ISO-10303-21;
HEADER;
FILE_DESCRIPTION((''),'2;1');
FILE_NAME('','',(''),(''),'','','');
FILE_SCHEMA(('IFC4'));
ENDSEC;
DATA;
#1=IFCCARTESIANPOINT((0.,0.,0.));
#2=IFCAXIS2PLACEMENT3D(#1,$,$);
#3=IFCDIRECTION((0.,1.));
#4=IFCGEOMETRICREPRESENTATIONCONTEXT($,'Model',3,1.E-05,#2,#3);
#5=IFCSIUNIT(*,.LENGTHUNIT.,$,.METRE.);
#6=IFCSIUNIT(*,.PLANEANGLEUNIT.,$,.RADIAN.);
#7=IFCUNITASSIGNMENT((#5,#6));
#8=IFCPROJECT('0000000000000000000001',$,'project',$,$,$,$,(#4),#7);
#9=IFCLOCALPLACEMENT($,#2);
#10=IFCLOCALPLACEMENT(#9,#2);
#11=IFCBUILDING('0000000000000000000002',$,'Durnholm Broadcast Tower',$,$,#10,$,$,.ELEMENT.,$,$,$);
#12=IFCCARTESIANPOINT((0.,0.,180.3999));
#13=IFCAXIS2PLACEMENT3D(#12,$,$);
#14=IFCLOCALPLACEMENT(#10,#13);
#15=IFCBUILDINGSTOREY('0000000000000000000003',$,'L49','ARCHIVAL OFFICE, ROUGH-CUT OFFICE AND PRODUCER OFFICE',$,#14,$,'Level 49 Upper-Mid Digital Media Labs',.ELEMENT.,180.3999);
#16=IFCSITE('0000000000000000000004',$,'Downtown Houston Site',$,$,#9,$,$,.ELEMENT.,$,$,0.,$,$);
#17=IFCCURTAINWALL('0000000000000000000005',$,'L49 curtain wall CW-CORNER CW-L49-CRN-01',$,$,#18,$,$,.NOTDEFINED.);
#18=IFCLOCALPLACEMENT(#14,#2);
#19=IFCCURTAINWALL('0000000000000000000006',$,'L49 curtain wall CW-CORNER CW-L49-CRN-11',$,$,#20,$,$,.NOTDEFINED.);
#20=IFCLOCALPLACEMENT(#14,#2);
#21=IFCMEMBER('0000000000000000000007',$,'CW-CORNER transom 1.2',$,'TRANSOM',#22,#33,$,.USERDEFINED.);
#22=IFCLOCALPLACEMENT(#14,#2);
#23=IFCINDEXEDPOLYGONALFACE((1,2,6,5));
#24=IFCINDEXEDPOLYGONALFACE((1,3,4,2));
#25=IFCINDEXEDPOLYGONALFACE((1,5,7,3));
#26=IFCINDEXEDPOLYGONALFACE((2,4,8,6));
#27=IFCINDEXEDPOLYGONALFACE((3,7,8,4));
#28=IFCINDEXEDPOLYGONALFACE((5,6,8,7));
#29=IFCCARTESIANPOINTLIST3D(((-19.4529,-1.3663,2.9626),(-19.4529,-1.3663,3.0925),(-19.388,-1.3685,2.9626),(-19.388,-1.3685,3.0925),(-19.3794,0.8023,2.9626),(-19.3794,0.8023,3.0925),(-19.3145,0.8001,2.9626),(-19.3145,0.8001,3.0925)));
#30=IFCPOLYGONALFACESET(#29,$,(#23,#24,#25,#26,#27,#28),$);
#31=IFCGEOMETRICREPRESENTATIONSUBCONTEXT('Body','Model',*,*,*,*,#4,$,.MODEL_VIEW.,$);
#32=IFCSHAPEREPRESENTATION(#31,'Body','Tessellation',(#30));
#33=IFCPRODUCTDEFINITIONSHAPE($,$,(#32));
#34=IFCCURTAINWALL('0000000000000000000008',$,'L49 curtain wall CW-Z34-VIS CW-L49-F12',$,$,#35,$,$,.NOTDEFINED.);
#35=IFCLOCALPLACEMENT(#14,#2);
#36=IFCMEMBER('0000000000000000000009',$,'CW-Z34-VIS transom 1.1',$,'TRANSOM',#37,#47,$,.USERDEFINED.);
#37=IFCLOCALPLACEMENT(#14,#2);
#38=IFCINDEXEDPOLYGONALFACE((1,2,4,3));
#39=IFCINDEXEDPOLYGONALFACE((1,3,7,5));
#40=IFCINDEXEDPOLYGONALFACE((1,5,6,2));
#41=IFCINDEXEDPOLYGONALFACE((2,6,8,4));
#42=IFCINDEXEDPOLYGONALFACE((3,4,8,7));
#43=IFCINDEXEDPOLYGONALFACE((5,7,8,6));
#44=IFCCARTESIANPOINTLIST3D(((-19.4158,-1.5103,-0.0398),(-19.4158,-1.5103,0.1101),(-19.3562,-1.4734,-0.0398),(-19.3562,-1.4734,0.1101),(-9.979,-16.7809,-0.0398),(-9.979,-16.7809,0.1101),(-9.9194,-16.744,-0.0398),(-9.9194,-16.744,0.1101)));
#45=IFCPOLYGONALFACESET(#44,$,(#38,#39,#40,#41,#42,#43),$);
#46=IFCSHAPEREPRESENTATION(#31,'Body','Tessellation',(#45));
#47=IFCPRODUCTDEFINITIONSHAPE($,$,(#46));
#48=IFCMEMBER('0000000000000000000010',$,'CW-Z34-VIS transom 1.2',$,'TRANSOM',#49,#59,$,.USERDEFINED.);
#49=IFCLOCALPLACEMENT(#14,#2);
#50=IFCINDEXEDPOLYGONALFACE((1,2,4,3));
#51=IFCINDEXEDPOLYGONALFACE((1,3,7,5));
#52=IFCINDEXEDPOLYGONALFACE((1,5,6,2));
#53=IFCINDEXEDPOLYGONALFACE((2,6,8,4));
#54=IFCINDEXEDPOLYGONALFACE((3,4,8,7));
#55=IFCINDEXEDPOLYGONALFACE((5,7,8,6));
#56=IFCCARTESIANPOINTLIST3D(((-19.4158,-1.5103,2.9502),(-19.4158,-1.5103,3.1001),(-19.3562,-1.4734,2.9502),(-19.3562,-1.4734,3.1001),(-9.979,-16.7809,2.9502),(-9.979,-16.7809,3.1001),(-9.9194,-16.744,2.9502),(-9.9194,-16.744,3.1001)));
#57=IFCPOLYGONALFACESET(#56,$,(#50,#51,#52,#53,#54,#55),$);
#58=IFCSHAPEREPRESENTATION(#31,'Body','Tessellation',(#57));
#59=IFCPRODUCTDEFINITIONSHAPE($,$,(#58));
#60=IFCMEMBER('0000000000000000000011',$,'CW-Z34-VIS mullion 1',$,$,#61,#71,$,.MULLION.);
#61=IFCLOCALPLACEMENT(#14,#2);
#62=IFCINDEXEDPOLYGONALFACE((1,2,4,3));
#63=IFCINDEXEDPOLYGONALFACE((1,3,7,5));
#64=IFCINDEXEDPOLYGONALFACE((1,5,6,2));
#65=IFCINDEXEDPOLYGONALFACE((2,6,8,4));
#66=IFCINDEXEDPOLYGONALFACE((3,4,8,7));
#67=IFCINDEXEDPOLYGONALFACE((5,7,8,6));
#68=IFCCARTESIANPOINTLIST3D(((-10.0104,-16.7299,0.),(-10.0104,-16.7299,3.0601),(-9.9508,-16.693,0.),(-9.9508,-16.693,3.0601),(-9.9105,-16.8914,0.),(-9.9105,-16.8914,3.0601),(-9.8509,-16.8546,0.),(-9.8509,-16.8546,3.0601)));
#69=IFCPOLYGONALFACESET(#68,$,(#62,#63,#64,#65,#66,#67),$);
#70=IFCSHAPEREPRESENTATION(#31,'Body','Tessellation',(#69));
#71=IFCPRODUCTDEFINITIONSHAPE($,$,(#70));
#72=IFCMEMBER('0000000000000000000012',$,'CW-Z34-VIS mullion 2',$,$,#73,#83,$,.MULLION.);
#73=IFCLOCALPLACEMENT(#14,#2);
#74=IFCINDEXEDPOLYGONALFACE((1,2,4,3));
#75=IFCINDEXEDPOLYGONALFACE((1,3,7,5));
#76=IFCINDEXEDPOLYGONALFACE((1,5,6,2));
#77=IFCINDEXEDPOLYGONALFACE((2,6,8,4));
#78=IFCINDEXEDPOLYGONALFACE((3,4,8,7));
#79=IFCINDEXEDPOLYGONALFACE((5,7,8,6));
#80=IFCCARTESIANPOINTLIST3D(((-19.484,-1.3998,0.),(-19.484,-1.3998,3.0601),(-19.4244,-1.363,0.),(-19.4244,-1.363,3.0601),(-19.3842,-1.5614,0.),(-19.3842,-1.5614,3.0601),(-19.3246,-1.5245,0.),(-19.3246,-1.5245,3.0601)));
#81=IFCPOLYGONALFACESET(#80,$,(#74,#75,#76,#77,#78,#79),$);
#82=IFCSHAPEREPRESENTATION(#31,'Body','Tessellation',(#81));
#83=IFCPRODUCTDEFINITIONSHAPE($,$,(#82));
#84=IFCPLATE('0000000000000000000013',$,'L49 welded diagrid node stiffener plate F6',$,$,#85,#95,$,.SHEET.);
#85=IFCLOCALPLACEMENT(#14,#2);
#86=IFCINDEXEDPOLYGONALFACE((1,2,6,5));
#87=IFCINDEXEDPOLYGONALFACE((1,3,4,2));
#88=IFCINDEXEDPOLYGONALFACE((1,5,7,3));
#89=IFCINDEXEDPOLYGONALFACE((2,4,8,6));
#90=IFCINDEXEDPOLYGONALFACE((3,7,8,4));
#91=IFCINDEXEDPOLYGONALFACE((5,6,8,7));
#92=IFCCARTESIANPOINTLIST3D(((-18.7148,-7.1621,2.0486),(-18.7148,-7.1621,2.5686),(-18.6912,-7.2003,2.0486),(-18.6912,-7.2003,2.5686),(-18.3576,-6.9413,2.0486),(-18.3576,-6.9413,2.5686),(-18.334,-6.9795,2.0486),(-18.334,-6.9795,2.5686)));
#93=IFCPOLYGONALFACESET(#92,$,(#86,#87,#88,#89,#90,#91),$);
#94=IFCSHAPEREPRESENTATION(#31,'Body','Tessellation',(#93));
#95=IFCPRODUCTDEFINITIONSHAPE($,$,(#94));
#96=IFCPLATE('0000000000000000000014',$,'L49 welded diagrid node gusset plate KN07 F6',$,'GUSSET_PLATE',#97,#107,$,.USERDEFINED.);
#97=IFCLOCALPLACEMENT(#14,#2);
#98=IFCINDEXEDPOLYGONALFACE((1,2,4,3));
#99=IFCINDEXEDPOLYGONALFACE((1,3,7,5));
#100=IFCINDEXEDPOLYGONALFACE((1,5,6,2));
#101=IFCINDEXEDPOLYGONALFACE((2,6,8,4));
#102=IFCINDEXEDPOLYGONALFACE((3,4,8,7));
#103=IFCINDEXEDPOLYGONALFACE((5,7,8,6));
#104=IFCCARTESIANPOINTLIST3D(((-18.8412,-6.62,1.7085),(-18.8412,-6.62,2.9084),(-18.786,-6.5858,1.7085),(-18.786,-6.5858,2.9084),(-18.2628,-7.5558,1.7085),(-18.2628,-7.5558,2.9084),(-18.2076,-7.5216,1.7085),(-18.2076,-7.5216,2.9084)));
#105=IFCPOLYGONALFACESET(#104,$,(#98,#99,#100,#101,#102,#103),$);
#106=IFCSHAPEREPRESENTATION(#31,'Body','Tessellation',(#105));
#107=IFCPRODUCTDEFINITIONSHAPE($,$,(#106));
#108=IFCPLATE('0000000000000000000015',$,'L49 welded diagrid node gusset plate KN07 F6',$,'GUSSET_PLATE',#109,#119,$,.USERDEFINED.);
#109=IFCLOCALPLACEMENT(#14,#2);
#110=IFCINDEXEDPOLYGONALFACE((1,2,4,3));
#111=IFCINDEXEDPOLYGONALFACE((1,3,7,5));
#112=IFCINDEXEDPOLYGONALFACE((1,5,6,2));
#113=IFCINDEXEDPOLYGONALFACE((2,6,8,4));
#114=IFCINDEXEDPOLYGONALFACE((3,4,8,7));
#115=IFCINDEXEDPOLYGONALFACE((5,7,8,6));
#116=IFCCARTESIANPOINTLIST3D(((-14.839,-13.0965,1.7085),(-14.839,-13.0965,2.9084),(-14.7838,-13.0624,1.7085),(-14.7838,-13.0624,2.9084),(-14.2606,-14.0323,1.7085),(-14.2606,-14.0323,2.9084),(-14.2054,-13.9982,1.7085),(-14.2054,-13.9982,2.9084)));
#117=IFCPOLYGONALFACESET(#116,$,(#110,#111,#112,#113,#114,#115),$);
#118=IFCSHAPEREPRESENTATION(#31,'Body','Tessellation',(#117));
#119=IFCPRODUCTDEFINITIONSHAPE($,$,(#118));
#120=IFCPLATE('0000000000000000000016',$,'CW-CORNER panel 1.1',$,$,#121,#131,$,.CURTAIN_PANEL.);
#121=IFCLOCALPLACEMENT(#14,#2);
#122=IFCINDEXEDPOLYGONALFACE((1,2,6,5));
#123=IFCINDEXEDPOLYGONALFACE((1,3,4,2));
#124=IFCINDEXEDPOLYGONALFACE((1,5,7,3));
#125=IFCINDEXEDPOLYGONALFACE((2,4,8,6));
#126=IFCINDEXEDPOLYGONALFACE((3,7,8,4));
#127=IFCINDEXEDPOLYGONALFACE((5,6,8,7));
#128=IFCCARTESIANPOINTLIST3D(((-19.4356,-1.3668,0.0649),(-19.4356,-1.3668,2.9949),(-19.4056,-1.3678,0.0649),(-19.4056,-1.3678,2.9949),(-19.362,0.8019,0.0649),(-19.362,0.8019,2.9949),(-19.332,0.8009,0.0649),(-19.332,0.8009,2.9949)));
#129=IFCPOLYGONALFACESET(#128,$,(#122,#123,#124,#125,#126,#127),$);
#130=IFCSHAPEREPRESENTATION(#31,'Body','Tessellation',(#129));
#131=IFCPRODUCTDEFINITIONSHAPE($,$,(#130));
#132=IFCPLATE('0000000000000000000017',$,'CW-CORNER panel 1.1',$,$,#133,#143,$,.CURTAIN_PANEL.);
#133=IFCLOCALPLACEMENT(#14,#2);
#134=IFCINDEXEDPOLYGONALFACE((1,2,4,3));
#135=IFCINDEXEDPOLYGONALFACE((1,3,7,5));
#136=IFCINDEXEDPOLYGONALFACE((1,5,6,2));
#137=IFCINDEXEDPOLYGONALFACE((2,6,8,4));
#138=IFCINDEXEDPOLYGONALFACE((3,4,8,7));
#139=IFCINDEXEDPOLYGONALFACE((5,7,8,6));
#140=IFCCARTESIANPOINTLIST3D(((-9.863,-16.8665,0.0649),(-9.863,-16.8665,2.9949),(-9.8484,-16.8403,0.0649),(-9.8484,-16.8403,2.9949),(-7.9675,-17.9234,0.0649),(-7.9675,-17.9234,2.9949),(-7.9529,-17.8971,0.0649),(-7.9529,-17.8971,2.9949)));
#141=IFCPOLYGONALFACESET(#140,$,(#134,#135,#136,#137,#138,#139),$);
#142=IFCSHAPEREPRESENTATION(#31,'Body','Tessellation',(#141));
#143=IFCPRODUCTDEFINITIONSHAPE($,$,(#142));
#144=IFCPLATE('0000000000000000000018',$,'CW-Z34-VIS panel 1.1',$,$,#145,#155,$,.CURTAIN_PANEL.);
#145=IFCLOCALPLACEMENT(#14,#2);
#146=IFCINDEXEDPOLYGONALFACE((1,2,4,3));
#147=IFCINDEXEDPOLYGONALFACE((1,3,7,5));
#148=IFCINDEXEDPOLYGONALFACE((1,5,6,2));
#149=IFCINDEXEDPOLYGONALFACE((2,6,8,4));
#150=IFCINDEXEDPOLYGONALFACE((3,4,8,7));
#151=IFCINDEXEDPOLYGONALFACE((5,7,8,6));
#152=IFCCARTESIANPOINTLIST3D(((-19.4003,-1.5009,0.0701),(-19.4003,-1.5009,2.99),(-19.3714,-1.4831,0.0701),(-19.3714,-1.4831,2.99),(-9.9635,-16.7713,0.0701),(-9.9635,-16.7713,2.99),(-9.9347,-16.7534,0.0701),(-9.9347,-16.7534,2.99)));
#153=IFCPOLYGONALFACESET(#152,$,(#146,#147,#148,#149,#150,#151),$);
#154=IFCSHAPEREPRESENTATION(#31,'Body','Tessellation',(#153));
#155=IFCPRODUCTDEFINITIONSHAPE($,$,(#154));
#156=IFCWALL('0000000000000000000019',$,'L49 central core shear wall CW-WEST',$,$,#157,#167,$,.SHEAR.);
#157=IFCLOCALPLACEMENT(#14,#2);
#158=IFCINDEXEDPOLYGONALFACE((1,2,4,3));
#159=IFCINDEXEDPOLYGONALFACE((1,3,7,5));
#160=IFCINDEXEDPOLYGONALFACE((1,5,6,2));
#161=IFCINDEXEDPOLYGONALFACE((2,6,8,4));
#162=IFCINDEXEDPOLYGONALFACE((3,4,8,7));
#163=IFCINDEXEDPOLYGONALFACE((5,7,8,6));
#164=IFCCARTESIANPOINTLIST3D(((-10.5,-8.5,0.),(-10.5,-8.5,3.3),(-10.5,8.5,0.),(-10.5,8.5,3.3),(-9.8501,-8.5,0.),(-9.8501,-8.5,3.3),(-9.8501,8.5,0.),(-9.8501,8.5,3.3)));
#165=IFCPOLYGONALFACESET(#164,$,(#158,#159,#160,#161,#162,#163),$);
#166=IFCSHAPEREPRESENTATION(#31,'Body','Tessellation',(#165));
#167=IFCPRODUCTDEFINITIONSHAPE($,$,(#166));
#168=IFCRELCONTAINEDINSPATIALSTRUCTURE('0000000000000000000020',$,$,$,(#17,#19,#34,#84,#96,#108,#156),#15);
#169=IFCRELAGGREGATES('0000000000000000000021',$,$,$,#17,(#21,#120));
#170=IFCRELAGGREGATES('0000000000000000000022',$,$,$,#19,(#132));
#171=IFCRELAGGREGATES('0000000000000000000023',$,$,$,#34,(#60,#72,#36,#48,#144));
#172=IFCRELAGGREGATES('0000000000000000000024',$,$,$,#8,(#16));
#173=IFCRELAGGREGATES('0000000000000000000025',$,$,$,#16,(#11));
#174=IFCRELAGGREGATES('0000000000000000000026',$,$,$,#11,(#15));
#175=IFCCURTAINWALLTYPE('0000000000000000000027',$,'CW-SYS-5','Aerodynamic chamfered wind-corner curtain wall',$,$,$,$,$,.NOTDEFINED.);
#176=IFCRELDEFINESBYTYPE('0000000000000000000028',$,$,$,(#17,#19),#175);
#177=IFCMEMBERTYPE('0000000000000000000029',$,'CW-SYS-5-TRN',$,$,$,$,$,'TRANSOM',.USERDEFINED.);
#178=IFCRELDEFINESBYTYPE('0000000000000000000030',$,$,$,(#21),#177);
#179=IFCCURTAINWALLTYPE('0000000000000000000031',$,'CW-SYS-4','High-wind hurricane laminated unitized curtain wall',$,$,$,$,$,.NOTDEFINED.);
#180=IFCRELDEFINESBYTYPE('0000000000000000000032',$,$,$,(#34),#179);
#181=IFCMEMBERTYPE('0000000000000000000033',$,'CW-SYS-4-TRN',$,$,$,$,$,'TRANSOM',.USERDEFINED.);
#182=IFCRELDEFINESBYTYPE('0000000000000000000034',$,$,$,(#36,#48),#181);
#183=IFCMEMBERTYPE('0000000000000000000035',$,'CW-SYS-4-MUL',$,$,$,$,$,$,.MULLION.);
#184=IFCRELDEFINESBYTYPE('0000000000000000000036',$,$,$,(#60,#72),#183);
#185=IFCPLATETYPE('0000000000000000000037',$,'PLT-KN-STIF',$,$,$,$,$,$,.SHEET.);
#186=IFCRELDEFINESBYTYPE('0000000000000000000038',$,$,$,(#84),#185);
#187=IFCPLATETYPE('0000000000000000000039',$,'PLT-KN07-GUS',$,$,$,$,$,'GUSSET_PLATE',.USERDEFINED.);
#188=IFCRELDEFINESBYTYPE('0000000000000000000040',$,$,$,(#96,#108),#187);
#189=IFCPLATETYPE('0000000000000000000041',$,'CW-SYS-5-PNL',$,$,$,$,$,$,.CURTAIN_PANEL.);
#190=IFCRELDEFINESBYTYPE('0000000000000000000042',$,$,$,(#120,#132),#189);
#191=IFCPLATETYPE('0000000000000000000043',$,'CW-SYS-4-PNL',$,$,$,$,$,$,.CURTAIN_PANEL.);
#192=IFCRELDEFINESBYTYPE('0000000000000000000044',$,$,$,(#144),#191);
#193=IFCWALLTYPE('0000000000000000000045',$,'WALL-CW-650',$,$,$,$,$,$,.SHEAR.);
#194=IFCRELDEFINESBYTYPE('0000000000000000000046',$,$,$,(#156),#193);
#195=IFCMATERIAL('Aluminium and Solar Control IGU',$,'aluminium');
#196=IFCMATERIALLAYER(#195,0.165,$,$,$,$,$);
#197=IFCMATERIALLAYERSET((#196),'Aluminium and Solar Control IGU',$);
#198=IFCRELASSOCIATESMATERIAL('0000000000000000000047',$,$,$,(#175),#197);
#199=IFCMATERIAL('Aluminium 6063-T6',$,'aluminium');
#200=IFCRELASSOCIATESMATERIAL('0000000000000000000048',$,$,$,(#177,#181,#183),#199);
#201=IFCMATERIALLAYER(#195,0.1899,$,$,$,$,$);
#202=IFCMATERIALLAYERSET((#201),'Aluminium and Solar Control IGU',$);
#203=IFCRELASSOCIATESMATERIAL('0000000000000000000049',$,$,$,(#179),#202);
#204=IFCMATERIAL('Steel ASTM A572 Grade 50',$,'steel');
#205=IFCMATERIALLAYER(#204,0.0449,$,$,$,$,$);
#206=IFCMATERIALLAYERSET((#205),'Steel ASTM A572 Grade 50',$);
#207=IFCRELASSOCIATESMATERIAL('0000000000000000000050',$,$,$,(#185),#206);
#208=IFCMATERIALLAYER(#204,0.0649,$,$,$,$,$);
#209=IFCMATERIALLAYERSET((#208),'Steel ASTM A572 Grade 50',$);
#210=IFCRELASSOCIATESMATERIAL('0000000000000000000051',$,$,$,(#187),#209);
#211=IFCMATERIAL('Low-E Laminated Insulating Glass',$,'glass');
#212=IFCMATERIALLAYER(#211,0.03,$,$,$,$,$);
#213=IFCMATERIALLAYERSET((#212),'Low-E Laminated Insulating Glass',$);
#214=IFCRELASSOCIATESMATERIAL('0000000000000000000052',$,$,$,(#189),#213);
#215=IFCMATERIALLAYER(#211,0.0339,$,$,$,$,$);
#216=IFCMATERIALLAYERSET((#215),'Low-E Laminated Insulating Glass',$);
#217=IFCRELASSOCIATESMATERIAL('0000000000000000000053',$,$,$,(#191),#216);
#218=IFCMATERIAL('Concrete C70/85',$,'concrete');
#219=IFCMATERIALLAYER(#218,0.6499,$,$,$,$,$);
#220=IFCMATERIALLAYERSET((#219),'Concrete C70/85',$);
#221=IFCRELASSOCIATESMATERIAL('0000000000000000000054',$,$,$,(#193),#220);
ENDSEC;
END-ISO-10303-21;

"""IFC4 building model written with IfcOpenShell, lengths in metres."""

from ifc_helpers import new_model, si_unit, direction, frame, frame_2d, origin, origin_2d, place, context, subcontext, project, spatial, rectangle, extrude, source, transform, mapped, material, layer, layer_set, material_profile, profile_set, type_object, type_shapes, element, aggregate, save


model = new_model("IFC4")

# Units and contexts
model_context = context("Model", 3, precision=1e-05, world=origin(), true_north=direction((0.0, 1.0)))
body_context = subcontext(model_context, "Body", "Model", "MODEL_VIEW")
ifc_project = project(units=[si_unit("LENGTHUNIT", "METRE"), si_unit("PLANEANGLEUNIT", "RADIAN")], contexts=[model_context])

# Site, building, storey
site_placement = place(None, origin())
site = spatial("IfcSite", under=ifc_project, at=site_placement, Name="Downtown Houston Site", CompositionType="ELEMENT", RefElevation=0.0)
building_placement = place(site_placement, origin())
building = spatial("IfcBuilding", under=site, at=building_placement, Name="Durnholm Broadcast Tower", CompositionType="ELEMENT")
storey_placement = place(building_placement, frame((0.0, 0.0, 180.3999)))
storey = spatial("IfcBuildingStorey", under=building, at=storey_placement, Name="L49", Description="ARCHIVAL OFFICE, ROUGH-CUT OFFICE AND PRODUCER OFFICE", LongName="Level 49 Upper-Mid Digital Media Labs", CompositionType="ELEMENT", Elevation=180.3999)

# Shared definitions
ifc_material_1 = material(Name="Concrete C70/85", Category="concrete")

# Curtain walls
ifc_material_2 = material(Name="Aluminium and Solar Control IGU", Category="aluminium")
ifc_layer_1 = layer(ifc_material_2, 0.165)
ifc_layer_set_1 = layer_set([ifc_layer_1], Name="Aluminium and Solar Control IGU")
curtain_wall_type_1 = type_object("IfcCurtainWallType", Name="CW-SYS-5", Description="Aerodynamic chamfered wind-corner curtain wall", PredefinedType="NOTDEFINED", material=ifc_layer_set_1)
curtain_wall_1_placement = place(storey_placement, origin())
curtain_wall_1 = element("IfcCurtainWall", 1, at=curtain_wall_1_placement, inside=storey, type_object=curtain_wall_type_1, Name="L49 curtain wall CW-CORNER CW-L49-CRN-01", PredefinedType="NOTDEFINED")
ifc_material_3 = material(Name="Aluminium 6063-T6", Category="aluminium")
curtain_wall_2_placement = place(storey_placement, origin())
curtain_wall_2 = element("IfcCurtainWall", 2, at=curtain_wall_2_placement, inside=storey, type_object=curtain_wall_type_1, Name="L49 curtain wall CW-CORNER CW-L49-CRN-11", PredefinedType="NOTDEFINED")

# Member
ifc_material_profile_1 = material_profile(ifc_material_3, rectangle(XDim=0.0649, YDim=0.1299, at=origin_2d()), Name="CWT65X130")
ifc_profile_set_1 = profile_set([ifc_material_profile_1], Name="Aluminium 6063-T6")
member_type_1 = type_object("IfcMemberType", Name="CW-SYS-5-TRN", ElementType="TRANSOM", PredefinedType="USERDEFINED", material=ifc_profile_set_1)
shared_shape_1 = source(origin(), body_context, "Body", "SweptSolid", [
    extrude(rectangle(XDim=0.0649, YDim=0.1299, at=origin_2d()), origin(), (0.0, 0.0, 1.0), 2.1699),
])
type_shapes(member_type_1, [shared_shape_1])
member_1_placement = place(storey_placement, frame((-19.4204, -1.3674, 3.0276), z_axis=(0.033866, 0.999426, 0.0), x_axis=(-0.999426, 0.033866, 0.0)))
member_1 = element("IfcMember", 3, at=member_1_placement, type_object=member_type_1, Name="CW-CORNER transom 1.2", ObjectType="TRANSOM", PredefinedType="USERDEFINED", context=body_context, shape_type="MappedRepresentation", body=[
    mapped(shared_shape_1, transform((0.0, 0.0, 0.0), x_axis=(1.0, 0.0, 0.0), y_axis=(0.0, 1.0, 0.0), z_axis=(0.0, 0.0, 1.0), scale=1.0)),
])

# Curtain wall, members
ifc_layer_2 = layer(ifc_material_2, 0.1899)
ifc_layer_set_2 = layer_set([ifc_layer_2], Name="Aluminium and Solar Control IGU")
curtain_wall_type_2 = type_object("IfcCurtainWallType", Name="CW-SYS-4", Description="High-wind hurricane laminated unitized curtain wall", PredefinedType="NOTDEFINED", material=ifc_layer_set_2)
curtain_wall_3_placement = place(storey_placement, origin())
curtain_wall_3 = element("IfcCurtainWall", 4, at=curtain_wall_3_placement, inside=storey, type_object=curtain_wall_type_2, Name="L49 curtain wall CW-Z34-VIS CW-L49-F12", PredefinedType="NOTDEFINED")
ifc_material_profile_2 = material_profile(ifc_material_3, rectangle(XDim=0.0701, YDim=0.1499, at=origin_2d()), Name="CWT70X150")
ifc_profile_set_2 = profile_set([ifc_material_profile_2], Name="Aluminium 6063-T6")
member_type_2 = type_object("IfcMemberType", Name="CW-SYS-4-TRN", ElementType="TRANSOM", PredefinedType="USERDEFINED", material=ifc_profile_set_2)
shared_shape_2 = source(origin(), body_context, "Body", "SweptSolid", [
    extrude(rectangle(XDim=0.0701, YDim=0.1499, at=origin_2d()), origin(), (0.0, 0.0, 1.0), 17.9512),
])
type_shapes(member_type_2, [shared_shape_2])
member_2_placement = place(storey_placement, frame((-9.9492, -16.7625, 0.0352), z_axis=(-0.525694, 0.850674, 0.0), x_axis=(-0.850674, -0.525694, 0.0)))
member_2 = element("IfcMember", 5, at=member_2_placement, type_object=member_type_2, Name="CW-Z34-VIS transom 1.1", ObjectType="TRANSOM", PredefinedType="USERDEFINED", context=body_context, shape_type="MappedRepresentation", body=[
    mapped(shared_shape_2, transform((0.0, 0.0, 0.0), x_axis=(1.0, 0.0, 0.0), y_axis=(0.0, 1.0, 0.0), z_axis=(0.0, 0.0, 1.0), scale=1.0)),
])
member_3_placement = place(storey_placement, frame((-9.9492, -16.7625, 3.0251), z_axis=(-0.525694, 0.850674, 0.0), x_axis=(-0.850674, -0.525694, 0.0)))
member_3 = element("IfcMember", 6, at=member_3_placement, type_object=member_type_2, Name="CW-Z34-VIS transom 1.2", ObjectType="TRANSOM", PredefinedType="USERDEFINED", context=body_context, shape_type="MappedRepresentation", body=[
    mapped(shared_shape_2, transform((0.0, 0.0, 0.0), x_axis=(1.0, 0.0, 0.0), y_axis=(0.0, 1.0, 0.0), z_axis=(0.0, 0.0, 1.0), scale=1.0)),
])
ifc_material_profile_3 = material_profile(ifc_material_3, rectangle(XDim=0.0701, YDim=0.1899, at=origin_2d()), Name="CWM70X190")
ifc_profile_set_3 = profile_set([ifc_material_profile_3], Name="Aluminium 6063-T6")
member_type_3 = type_object("IfcMemberType", Name="CW-SYS-4-MUL", PredefinedType="MULLION", material=ifc_profile_set_3)
shared_shape_3 = source(origin(), body_context, "Body", "SweptSolid", [
    extrude(rectangle(XDim=0.0701, YDim=0.1899, at=origin_2d()), origin(), (0.0, 0.0, 1.0), 3.0601),
])
type_shapes(member_type_3, [shared_shape_3])
member_4_placement = place(storey_placement, frame((-9.9307, -16.7922, 0.0), z_axis=(0.0, 0.0, 1.0), x_axis=(-0.850671, -0.525698, 0.0)))
member_4 = element("IfcMember", 7, at=member_4_placement, type_object=member_type_3, Name="CW-Z34-VIS mullion 1", PredefinedType="MULLION", context=body_context, shape_type="MappedRepresentation", body=[
    mapped(shared_shape_3, transform((0.0, 0.0, 0.0), x_axis=(1.0, 0.0, 0.0), y_axis=(0.0, 1.0, 0.0), z_axis=(0.0, 0.0, 1.0), scale=1.0)),
])
member_5_placement = place(storey_placement, frame((-19.4043, -1.4622, 0.0), z_axis=(0.0, 0.0, 1.0), x_axis=(-0.850671, -0.525698, 0.0)))
member_5 = element("IfcMember", 8, at=member_5_placement, type_object=member_type_3, Name="CW-Z34-VIS mullion 2", PredefinedType="MULLION", context=body_context, shape_type="MappedRepresentation", body=[
    mapped(shared_shape_3, transform((0.0, 0.0, 0.0), x_axis=(1.0, 0.0, 0.0), y_axis=(0.0, 1.0, 0.0), z_axis=(0.0, 0.0, 1.0), scale=1.0)),
])

# Plates
ifc_material_4 = material(Name="Steel ASTM A572 Grade 50", Category="steel")
ifc_layer_3 = layer(ifc_material_4, 0.0449)
ifc_layer_set_3 = layer_set([ifc_layer_3], Name="Steel ASTM A572 Grade 50")
plate_type_1 = type_object("IfcPlateType", Name="PLT-KN-STIF", PredefinedType="SHEET", material=ifc_layer_set_3)
shared_shape_4 = source(origin(), body_context, "Body", "SweptSolid", [
    extrude(rectangle(XDim=0.0449, YDim=0.4199, at=origin_2d()), origin(), (0.0, 0.0, 1.0), 0.52),
])
type_shapes(plate_type_1, [shared_shape_4])
plate_1_placement = place(storey_placement, frame((-18.5244, -7.0708, 2.0486), z_axis=(0.0, 0.0, 1.0), x_axis=(0.525769, -0.850628, 0.0)))
element("IfcPlate", 9, at=plate_1_placement, inside=storey, type_object=plate_type_1, Name="L49 welded diagrid node stiffener plate F6", PredefinedType="SHEET", context=body_context, shape_type="MappedRepresentation", body=[
    mapped(shared_shape_4, transform((0.0, 0.0, 0.0), x_axis=(1.0, 0.0, 0.0), y_axis=(0.0, 1.0, 0.0), z_axis=(0.0, 0.0, 1.0), scale=1.0)),
])
ifc_layer_4 = layer(ifc_material_4, 0.0649)
ifc_layer_set_4 = layer_set([ifc_layer_4], Name="Steel ASTM A572 Grade 50")
plate_type_2 = type_object("IfcPlateType", Name="PLT-KN07-GUS", ElementType="GUSSET_PLATE", PredefinedType="USERDEFINED", material=ifc_layer_set_4)
shared_shape_5 = source(origin(), body_context, "Body", "SweptSolid", [
    extrude(rectangle(XDim=1.1001, YDim=0.0649, at=origin_2d()), origin(), (0.0, 0.0, 1.0), 1.2),
])
type_shapes(plate_type_2, [shared_shape_5])
for number, where, z_axis, x_axis, name in (
    (10, (-18.5244, -7.0708, 1.7085), (0.0, 0.0, 1.0), (0.525769, -0.850628, 0.0), "L49 welded diagrid node gusset plate KN07 F6"),
    (11, (-14.5222, -13.5474, 1.7085), (0.0, 0.0, 1.0), (0.525769, -0.850628, 0.0), "L49 welded diagrid node gusset plate KN07 F6"),
):
    element("IfcPlate", number, at=place(storey_placement, frame(where, z_axis=z_axis, x_axis=x_axis)), inside=storey, type_object=plate_type_2, Name=name, ObjectType="GUSSET_PLATE", PredefinedType="USERDEFINED", context=body_context, shape_type="MappedRepresentation", body=[
        mapped(shared_shape_5, transform((0.0, 0.0, 0.0), x_axis=(1.0, 0.0, 0.0), y_axis=(0.0, 1.0, 0.0), z_axis=(0.0, 0.0, 1.0), scale=1.0)),
    ])

# Plates
ifc_material_5 = material(Name="Low-E Laminated Insulating Glass", Category="glass")
ifc_layer_5 = layer(ifc_material_5, 0.03)
ifc_layer_set_5 = layer_set([ifc_layer_5], Name="Low-E Laminated Insulating Glass")
plate_type_3 = type_object("IfcPlateType", Name="CW-SYS-5-PNL", PredefinedType="CURTAIN_PANEL", material=ifc_layer_set_5)
shared_shape_6 = source(origin(), body_context, "Body", "SweptSolid", [
    extrude(rectangle(XDim=2.1699, YDim=0.03, at=origin_2d()), origin(), (0.0, 0.0, 1.0), 2.9299),
])
plate_2_placement = place(storey_placement, frame((-19.3838, -0.283, 0.0649), z_axis=(0.0, 0.0, 1.0), x_axis=(0.033913, 0.999425, 0.0)))
plate_2 = element("IfcPlate", 12, at=plate_2_placement, type_object=plate_type_3, Name="CW-CORNER panel 1.1", PredefinedType="CURTAIN_PANEL", context=body_context, shape_type="MappedRepresentation", body=[
    mapped(shared_shape_6, transform((0.0, 0.0, 0.0), x_axis=(1.0, 0.0, 0.0), y_axis=(0.0, 1.0, 0.0), z_axis=(0.0, 0.0, 1.0), scale=1.0)),
])
aggregate(curtain_wall_1, [member_1, plate_2])
shared_shape_7 = source(origin(), body_context, "Body", "SweptSolid", [
    extrude(rectangle(XDim=2.1702, YDim=0.03, at=origin_2d()), origin(), (0.0, 0.0, 1.0), 2.9299),
])
type_shapes(plate_type_3, [shared_shape_6, shared_shape_7])
plate_3_placement = place(storey_placement, frame((-8.908, -17.3818, 0.0649), z_axis=(0.0, 0.0, 1.0), x_axis=(-0.87341, 0.486986, 0.0)))
plate_3 = element("IfcPlate", 13, at=plate_3_placement, type_object=plate_type_3, Name="CW-CORNER panel 1.1", PredefinedType="CURTAIN_PANEL", context=body_context, shape_type="MappedRepresentation", body=[
    mapped(shared_shape_7, transform((0.0, 0.0, 0.0), x_axis=(1.0, 0.0, 0.0), y_axis=(0.0, 1.0, 0.0), z_axis=(0.0, 0.0, 1.0), scale=1.0)),
])
aggregate(curtain_wall_2, [plate_3])
ifc_layer_6 = layer(ifc_material_5, 0.0339)
ifc_layer_set_6 = layer_set([ifc_layer_6], Name="Low-E Laminated Insulating Glass")
plate_type_4 = type_object("IfcPlateType", Name="CW-SYS-4-PNL", PredefinedType="CURTAIN_PANEL", material=ifc_layer_set_6)
shared_shape_8 = source(origin(), body_context, "Body", "SweptSolid", [
    extrude(rectangle(XDim=17.9509, YDim=0.0339, at=origin_2d()), origin(), (0.0, 0.0, 1.0), 2.9199),
])
type_shapes(plate_type_4, [shared_shape_8])
plate_4_placement = place(storey_placement, frame((-14.6675, -9.1272, 0.0701), z_axis=(0.0, 0.0, 1.0), x_axis=(-0.525698, 0.850671, 0.0)))
plate_4 = element("IfcPlate", 14, at=plate_4_placement, type_object=plate_type_4, Name="CW-Z34-VIS panel 1.1", PredefinedType="CURTAIN_PANEL", context=body_context, shape_type="MappedRepresentation", body=[
    mapped(shared_shape_8, transform((0.0, 0.0, 0.0), x_axis=(1.0, 0.0, 0.0), y_axis=(0.0, 1.0, 0.0), z_axis=(0.0, 0.0, 1.0), scale=1.0)),
])
aggregate(curtain_wall_3, [member_4, member_5, member_2, member_3, plate_4])

# Wall
ifc_layer_7 = layer(ifc_material_1, 0.6499)
ifc_layer_set_7 = layer_set([ifc_layer_7], Name="Concrete C70/85")
wall_type_1 = type_object("IfcWallType", Name="WALL-CW-650", PredefinedType="SHEAR", material=ifc_layer_set_7)
wall_1_placement = place(storey_placement, frame((-10.175, -8.5, 0.0), z_axis=(0.0, 0.0, 1.0), x_axis=(0.0, 1.0, 0.0)))
element("IfcWall", 15, at=wall_1_placement, inside=storey, type_object=wall_type_1, Name="L49 central core shear wall CW-WEST", PredefinedType="SHEAR", context=body_context, shape_type="SweptSolid", body=[
    extrude(rectangle(XDim=17.0, YDim=0.6499, at=frame_2d((8.5, 0.0))), origin(), (0.0, 0.0, 1.0), 3.3),
])

save(model, "model.ifc")
